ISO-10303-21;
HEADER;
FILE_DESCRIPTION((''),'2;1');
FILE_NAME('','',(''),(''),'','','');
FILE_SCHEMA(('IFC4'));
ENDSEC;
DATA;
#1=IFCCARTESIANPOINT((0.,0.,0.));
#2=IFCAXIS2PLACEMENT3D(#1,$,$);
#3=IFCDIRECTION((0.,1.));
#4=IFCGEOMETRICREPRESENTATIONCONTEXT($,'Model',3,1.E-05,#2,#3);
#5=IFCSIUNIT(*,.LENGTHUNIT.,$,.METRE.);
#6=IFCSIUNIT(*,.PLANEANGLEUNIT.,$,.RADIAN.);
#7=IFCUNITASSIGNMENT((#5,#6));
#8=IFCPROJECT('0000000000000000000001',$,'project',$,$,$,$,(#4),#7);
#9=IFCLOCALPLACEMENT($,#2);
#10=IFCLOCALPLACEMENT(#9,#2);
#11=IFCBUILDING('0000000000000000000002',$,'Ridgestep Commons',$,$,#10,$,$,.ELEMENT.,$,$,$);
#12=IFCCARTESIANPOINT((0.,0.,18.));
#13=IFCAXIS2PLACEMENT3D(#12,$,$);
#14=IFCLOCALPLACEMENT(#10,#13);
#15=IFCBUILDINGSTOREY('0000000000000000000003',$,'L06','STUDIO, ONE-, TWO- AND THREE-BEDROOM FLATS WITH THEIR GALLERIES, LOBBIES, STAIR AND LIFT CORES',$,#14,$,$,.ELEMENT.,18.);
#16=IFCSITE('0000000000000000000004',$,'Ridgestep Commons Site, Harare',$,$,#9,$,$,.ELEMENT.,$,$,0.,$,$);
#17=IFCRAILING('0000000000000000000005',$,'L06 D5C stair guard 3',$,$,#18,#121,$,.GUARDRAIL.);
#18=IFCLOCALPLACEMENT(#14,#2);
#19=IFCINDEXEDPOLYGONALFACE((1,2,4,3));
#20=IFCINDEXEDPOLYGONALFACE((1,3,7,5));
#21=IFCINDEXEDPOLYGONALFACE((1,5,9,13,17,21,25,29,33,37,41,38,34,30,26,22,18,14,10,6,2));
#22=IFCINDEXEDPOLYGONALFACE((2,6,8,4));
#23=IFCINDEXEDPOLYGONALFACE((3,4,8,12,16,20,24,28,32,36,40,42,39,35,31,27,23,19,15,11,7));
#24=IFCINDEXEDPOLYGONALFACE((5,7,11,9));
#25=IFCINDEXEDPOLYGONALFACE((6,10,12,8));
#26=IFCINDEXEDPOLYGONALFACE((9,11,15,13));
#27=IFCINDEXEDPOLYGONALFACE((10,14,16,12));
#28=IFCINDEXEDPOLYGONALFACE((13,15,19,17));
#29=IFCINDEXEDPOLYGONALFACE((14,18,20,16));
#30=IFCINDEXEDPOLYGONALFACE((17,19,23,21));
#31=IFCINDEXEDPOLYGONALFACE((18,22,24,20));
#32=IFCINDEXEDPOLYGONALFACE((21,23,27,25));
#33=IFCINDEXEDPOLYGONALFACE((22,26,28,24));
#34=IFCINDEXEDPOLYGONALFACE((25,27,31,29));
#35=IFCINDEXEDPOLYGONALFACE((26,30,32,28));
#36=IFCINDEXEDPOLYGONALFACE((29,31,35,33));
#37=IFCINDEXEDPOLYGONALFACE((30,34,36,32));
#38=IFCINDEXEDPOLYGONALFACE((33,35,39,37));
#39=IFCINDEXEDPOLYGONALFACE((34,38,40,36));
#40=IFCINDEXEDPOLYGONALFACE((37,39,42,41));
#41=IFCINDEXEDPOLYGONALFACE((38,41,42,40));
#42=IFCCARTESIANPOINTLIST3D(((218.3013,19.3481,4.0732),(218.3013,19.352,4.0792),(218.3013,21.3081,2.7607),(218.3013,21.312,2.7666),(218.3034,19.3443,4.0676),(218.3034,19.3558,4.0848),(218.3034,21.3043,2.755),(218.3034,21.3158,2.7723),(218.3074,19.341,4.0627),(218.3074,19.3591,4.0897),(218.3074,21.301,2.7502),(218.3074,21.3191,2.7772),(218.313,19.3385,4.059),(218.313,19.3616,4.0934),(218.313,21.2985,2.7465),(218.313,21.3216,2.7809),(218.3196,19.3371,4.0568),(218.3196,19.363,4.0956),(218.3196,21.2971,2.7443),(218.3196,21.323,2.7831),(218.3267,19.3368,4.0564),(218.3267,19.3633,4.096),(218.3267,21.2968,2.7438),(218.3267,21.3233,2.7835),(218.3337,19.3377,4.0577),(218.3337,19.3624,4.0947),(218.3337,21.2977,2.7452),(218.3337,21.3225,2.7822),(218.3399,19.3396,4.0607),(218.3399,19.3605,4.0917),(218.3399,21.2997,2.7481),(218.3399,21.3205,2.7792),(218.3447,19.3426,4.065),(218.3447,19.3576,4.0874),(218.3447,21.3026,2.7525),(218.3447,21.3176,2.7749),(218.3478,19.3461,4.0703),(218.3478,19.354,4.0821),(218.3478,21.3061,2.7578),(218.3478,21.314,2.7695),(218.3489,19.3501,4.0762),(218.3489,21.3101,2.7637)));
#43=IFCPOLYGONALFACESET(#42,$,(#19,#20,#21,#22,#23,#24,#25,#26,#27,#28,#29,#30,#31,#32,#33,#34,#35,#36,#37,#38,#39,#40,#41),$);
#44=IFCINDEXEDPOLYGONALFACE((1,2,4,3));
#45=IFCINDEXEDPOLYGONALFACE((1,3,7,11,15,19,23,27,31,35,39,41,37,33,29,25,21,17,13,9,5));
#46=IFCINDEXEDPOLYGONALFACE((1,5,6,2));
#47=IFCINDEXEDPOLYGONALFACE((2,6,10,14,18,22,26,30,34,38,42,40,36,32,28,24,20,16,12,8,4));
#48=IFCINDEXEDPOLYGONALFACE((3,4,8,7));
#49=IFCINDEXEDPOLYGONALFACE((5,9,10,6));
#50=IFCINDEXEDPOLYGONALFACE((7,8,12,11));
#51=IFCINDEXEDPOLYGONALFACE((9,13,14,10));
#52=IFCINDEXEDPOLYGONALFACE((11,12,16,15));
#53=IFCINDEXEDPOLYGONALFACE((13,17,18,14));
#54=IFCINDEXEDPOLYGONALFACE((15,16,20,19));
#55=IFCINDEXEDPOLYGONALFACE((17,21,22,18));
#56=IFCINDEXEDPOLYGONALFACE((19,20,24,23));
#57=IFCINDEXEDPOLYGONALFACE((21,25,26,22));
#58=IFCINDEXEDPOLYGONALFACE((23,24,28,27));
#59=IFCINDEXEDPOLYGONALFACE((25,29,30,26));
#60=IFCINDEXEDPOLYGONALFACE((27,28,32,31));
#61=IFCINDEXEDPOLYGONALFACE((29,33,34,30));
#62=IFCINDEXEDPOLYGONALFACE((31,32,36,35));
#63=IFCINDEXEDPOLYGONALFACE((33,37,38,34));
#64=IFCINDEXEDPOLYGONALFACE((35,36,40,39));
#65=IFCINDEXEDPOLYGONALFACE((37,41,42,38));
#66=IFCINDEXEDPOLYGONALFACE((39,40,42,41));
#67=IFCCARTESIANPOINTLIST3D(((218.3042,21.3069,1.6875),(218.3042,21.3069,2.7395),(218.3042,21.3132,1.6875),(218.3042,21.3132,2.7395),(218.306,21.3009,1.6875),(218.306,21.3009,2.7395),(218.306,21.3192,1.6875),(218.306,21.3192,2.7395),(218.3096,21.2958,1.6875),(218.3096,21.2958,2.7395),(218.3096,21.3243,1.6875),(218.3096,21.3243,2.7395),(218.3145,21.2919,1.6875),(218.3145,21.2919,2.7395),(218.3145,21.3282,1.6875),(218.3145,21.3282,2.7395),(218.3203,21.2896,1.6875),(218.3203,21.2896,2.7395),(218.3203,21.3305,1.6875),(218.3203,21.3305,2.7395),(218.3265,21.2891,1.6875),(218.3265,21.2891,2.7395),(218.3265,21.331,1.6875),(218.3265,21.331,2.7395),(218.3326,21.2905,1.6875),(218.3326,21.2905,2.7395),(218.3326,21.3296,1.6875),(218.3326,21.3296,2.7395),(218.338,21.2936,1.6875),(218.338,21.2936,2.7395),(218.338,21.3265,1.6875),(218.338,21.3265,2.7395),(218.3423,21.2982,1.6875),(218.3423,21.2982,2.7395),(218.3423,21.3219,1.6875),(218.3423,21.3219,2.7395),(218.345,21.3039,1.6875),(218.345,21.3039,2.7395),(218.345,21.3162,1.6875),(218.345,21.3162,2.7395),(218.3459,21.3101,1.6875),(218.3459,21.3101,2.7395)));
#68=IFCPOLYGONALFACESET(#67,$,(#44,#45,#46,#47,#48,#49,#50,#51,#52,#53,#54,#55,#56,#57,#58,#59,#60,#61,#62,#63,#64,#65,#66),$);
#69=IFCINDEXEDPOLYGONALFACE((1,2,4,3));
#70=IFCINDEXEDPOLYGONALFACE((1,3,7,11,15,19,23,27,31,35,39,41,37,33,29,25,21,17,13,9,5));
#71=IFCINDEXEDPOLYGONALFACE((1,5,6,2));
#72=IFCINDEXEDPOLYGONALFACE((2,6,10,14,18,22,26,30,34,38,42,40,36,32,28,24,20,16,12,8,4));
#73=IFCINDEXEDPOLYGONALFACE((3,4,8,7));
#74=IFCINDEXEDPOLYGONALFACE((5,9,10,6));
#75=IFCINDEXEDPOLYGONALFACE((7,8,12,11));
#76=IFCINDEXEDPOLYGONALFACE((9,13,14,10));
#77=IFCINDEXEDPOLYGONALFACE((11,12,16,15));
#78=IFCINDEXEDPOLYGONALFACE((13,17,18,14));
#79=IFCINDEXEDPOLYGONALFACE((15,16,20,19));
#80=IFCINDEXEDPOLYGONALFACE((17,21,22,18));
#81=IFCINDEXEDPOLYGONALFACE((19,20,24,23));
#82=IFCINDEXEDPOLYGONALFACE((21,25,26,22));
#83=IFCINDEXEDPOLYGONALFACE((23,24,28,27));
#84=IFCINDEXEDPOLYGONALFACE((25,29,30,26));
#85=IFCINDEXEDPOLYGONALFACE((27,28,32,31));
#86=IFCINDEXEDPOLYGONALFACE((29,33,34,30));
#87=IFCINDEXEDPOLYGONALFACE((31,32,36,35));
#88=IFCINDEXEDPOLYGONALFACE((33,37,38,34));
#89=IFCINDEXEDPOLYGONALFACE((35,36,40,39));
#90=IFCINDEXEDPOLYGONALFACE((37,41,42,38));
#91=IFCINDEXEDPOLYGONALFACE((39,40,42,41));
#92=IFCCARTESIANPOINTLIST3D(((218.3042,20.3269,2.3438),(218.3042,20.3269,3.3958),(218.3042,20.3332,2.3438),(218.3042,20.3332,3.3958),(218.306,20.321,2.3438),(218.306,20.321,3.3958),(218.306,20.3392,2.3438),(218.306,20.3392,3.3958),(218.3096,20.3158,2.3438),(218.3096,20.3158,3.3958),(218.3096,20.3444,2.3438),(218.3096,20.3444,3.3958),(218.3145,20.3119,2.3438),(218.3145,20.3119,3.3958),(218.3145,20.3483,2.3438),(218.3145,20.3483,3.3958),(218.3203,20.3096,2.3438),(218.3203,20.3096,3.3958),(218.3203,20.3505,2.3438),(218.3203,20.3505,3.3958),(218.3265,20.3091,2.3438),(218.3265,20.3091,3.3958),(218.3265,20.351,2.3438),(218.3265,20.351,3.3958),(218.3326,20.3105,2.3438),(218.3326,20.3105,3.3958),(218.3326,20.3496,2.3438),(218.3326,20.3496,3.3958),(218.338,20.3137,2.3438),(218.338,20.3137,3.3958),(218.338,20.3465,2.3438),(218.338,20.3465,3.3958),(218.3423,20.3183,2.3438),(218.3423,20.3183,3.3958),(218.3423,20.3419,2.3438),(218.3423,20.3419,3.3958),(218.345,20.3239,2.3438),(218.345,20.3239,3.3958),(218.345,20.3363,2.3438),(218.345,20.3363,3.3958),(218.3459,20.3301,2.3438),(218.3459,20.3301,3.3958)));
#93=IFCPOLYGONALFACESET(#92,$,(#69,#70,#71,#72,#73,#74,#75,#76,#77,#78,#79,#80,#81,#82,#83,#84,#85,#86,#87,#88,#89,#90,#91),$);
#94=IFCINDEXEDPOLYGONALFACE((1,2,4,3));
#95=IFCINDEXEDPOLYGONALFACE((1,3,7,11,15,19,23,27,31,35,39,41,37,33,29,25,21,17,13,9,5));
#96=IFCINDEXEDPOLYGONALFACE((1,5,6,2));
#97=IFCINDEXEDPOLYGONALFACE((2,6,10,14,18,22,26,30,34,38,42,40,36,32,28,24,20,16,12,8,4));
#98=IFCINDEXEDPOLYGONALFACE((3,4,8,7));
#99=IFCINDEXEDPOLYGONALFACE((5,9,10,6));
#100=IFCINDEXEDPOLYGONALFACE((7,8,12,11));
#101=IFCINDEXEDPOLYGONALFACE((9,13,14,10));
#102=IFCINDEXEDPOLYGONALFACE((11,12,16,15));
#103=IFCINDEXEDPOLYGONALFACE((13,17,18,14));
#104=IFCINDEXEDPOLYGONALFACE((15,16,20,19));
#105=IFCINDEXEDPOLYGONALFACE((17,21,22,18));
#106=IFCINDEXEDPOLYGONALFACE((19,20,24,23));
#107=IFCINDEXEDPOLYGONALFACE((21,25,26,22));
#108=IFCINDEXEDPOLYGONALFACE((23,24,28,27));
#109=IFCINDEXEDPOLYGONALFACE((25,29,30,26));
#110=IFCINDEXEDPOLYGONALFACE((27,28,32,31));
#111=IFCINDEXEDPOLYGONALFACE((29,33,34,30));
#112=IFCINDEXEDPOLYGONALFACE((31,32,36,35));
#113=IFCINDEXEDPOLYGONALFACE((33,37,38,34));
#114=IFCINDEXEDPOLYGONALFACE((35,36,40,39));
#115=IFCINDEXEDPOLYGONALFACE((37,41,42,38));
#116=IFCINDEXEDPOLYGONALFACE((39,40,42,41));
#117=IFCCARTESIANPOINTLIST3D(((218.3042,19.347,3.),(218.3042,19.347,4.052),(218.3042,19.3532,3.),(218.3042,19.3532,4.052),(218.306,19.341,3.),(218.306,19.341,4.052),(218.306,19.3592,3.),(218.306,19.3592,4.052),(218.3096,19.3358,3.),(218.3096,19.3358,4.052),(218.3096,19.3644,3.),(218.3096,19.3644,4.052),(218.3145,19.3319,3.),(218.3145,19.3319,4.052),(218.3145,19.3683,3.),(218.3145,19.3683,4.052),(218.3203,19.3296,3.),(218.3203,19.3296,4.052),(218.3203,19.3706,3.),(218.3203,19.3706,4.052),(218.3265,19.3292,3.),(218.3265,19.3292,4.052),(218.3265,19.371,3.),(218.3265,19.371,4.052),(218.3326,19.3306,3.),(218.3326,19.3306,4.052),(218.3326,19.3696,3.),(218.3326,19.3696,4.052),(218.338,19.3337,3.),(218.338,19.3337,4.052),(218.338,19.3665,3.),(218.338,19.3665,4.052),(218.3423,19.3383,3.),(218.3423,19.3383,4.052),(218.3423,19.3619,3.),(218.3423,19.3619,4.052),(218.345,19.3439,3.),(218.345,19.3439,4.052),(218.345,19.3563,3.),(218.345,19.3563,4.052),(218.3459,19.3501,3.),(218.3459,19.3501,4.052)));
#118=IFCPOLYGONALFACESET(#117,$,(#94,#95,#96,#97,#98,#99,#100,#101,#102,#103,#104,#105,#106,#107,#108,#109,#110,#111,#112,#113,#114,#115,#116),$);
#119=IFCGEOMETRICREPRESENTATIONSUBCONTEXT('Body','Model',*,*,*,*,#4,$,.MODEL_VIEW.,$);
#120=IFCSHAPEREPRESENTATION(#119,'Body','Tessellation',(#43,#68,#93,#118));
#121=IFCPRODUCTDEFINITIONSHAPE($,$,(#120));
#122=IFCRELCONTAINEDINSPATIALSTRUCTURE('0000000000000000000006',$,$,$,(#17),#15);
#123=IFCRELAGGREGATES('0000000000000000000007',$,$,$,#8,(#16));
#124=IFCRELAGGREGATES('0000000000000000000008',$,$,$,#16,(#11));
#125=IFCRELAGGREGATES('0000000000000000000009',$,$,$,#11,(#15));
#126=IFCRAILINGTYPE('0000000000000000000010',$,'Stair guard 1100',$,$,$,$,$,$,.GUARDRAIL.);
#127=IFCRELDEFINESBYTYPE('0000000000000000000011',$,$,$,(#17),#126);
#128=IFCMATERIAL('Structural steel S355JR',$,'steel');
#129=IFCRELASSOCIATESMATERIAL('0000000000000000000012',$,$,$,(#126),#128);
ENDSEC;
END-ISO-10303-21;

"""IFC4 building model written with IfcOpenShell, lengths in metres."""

from ifc_helpers import new_model, si_unit, direction, frame, origin, origin_2d, place, context, subcontext, project, spatial, circle, extrude, material, type_object, element, save


model = new_model("IFC4")

# Units and contexts
model_context = context("Model", 3, precision=1e-05, world=origin(), true_north=direction((0.0, 1.0)))
body_context = subcontext(model_context, "Body", "Model", "MODEL_VIEW")
ifc_project = project(units=[si_unit("LENGTHUNIT", "METRE"), si_unit("PLANEANGLEUNIT", "RADIAN")], contexts=[model_context])

# Site, building, storey
site_placement = place(None, origin())
site = spatial("IfcSite", under=ifc_project, at=site_placement, Name="Ridgestep Commons Site, Harare", CompositionType="ELEMENT", RefElevation=0.0)
building_placement = place(site_placement, origin())
building = spatial("IfcBuilding", under=site, at=building_placement, Name="Ridgestep Commons", CompositionType="ELEMENT")
storey_placement = place(building_placement, frame((0.0, 0.0, 18.0)))
storey = spatial("IfcBuildingStorey", under=building, at=storey_placement, Name="L06", Description="STUDIO, ONE-, TWO- AND THREE-BEDROOM FLATS WITH THEIR GALLERIES, LOBBIES, STAIR AND LIFT CORES", CompositionType="ELEMENT", Elevation=18.0)

# Railing
ifc_material_1 = material(Name="Structural steel S355JR", Category="steel")
railing_type_1 = type_object("IfcRailingType", Name="Stair guard 1100", PredefinedType="GUARDRAIL", material=ifc_material_1)
railing_1_placement = place(storey_placement, frame((218.325, 21.3101, 1.6875)))
element("IfcRailing", 1, at=railing_1_placement, inside=storey, type_object=railing_type_1, Name="L06 D5C stair guard 3", PredefinedType="GUARDRAIL", context=body_context, shape_type="SweptSolid", body=[
    extrude(circle(Radius=0.0239, at=origin_2d()), frame((0.0, 0.0, 1.0762), z_axis=(0.0, -0.830902, 0.556419), x_axis=(1.0, 0.0, 0.0)), (0.0, 0.0, 1.0), 2.3589),
    extrude(circle(Radius=0.021, at=origin_2d()), origin(), (0.0, 0.0, 1.0), 1.052),
    extrude(circle(Radius=0.021, at=origin_2d()), frame((0.0, -0.98, 0.6562)), (0.0, 0.0, 1.0), 1.052),
    extrude(circle(Radius=0.021, at=origin_2d()), frame((0.0, -1.96, 1.3125)), (0.0, 0.0, 1.0), 1.052),
])

save(model, "model.ifc")
